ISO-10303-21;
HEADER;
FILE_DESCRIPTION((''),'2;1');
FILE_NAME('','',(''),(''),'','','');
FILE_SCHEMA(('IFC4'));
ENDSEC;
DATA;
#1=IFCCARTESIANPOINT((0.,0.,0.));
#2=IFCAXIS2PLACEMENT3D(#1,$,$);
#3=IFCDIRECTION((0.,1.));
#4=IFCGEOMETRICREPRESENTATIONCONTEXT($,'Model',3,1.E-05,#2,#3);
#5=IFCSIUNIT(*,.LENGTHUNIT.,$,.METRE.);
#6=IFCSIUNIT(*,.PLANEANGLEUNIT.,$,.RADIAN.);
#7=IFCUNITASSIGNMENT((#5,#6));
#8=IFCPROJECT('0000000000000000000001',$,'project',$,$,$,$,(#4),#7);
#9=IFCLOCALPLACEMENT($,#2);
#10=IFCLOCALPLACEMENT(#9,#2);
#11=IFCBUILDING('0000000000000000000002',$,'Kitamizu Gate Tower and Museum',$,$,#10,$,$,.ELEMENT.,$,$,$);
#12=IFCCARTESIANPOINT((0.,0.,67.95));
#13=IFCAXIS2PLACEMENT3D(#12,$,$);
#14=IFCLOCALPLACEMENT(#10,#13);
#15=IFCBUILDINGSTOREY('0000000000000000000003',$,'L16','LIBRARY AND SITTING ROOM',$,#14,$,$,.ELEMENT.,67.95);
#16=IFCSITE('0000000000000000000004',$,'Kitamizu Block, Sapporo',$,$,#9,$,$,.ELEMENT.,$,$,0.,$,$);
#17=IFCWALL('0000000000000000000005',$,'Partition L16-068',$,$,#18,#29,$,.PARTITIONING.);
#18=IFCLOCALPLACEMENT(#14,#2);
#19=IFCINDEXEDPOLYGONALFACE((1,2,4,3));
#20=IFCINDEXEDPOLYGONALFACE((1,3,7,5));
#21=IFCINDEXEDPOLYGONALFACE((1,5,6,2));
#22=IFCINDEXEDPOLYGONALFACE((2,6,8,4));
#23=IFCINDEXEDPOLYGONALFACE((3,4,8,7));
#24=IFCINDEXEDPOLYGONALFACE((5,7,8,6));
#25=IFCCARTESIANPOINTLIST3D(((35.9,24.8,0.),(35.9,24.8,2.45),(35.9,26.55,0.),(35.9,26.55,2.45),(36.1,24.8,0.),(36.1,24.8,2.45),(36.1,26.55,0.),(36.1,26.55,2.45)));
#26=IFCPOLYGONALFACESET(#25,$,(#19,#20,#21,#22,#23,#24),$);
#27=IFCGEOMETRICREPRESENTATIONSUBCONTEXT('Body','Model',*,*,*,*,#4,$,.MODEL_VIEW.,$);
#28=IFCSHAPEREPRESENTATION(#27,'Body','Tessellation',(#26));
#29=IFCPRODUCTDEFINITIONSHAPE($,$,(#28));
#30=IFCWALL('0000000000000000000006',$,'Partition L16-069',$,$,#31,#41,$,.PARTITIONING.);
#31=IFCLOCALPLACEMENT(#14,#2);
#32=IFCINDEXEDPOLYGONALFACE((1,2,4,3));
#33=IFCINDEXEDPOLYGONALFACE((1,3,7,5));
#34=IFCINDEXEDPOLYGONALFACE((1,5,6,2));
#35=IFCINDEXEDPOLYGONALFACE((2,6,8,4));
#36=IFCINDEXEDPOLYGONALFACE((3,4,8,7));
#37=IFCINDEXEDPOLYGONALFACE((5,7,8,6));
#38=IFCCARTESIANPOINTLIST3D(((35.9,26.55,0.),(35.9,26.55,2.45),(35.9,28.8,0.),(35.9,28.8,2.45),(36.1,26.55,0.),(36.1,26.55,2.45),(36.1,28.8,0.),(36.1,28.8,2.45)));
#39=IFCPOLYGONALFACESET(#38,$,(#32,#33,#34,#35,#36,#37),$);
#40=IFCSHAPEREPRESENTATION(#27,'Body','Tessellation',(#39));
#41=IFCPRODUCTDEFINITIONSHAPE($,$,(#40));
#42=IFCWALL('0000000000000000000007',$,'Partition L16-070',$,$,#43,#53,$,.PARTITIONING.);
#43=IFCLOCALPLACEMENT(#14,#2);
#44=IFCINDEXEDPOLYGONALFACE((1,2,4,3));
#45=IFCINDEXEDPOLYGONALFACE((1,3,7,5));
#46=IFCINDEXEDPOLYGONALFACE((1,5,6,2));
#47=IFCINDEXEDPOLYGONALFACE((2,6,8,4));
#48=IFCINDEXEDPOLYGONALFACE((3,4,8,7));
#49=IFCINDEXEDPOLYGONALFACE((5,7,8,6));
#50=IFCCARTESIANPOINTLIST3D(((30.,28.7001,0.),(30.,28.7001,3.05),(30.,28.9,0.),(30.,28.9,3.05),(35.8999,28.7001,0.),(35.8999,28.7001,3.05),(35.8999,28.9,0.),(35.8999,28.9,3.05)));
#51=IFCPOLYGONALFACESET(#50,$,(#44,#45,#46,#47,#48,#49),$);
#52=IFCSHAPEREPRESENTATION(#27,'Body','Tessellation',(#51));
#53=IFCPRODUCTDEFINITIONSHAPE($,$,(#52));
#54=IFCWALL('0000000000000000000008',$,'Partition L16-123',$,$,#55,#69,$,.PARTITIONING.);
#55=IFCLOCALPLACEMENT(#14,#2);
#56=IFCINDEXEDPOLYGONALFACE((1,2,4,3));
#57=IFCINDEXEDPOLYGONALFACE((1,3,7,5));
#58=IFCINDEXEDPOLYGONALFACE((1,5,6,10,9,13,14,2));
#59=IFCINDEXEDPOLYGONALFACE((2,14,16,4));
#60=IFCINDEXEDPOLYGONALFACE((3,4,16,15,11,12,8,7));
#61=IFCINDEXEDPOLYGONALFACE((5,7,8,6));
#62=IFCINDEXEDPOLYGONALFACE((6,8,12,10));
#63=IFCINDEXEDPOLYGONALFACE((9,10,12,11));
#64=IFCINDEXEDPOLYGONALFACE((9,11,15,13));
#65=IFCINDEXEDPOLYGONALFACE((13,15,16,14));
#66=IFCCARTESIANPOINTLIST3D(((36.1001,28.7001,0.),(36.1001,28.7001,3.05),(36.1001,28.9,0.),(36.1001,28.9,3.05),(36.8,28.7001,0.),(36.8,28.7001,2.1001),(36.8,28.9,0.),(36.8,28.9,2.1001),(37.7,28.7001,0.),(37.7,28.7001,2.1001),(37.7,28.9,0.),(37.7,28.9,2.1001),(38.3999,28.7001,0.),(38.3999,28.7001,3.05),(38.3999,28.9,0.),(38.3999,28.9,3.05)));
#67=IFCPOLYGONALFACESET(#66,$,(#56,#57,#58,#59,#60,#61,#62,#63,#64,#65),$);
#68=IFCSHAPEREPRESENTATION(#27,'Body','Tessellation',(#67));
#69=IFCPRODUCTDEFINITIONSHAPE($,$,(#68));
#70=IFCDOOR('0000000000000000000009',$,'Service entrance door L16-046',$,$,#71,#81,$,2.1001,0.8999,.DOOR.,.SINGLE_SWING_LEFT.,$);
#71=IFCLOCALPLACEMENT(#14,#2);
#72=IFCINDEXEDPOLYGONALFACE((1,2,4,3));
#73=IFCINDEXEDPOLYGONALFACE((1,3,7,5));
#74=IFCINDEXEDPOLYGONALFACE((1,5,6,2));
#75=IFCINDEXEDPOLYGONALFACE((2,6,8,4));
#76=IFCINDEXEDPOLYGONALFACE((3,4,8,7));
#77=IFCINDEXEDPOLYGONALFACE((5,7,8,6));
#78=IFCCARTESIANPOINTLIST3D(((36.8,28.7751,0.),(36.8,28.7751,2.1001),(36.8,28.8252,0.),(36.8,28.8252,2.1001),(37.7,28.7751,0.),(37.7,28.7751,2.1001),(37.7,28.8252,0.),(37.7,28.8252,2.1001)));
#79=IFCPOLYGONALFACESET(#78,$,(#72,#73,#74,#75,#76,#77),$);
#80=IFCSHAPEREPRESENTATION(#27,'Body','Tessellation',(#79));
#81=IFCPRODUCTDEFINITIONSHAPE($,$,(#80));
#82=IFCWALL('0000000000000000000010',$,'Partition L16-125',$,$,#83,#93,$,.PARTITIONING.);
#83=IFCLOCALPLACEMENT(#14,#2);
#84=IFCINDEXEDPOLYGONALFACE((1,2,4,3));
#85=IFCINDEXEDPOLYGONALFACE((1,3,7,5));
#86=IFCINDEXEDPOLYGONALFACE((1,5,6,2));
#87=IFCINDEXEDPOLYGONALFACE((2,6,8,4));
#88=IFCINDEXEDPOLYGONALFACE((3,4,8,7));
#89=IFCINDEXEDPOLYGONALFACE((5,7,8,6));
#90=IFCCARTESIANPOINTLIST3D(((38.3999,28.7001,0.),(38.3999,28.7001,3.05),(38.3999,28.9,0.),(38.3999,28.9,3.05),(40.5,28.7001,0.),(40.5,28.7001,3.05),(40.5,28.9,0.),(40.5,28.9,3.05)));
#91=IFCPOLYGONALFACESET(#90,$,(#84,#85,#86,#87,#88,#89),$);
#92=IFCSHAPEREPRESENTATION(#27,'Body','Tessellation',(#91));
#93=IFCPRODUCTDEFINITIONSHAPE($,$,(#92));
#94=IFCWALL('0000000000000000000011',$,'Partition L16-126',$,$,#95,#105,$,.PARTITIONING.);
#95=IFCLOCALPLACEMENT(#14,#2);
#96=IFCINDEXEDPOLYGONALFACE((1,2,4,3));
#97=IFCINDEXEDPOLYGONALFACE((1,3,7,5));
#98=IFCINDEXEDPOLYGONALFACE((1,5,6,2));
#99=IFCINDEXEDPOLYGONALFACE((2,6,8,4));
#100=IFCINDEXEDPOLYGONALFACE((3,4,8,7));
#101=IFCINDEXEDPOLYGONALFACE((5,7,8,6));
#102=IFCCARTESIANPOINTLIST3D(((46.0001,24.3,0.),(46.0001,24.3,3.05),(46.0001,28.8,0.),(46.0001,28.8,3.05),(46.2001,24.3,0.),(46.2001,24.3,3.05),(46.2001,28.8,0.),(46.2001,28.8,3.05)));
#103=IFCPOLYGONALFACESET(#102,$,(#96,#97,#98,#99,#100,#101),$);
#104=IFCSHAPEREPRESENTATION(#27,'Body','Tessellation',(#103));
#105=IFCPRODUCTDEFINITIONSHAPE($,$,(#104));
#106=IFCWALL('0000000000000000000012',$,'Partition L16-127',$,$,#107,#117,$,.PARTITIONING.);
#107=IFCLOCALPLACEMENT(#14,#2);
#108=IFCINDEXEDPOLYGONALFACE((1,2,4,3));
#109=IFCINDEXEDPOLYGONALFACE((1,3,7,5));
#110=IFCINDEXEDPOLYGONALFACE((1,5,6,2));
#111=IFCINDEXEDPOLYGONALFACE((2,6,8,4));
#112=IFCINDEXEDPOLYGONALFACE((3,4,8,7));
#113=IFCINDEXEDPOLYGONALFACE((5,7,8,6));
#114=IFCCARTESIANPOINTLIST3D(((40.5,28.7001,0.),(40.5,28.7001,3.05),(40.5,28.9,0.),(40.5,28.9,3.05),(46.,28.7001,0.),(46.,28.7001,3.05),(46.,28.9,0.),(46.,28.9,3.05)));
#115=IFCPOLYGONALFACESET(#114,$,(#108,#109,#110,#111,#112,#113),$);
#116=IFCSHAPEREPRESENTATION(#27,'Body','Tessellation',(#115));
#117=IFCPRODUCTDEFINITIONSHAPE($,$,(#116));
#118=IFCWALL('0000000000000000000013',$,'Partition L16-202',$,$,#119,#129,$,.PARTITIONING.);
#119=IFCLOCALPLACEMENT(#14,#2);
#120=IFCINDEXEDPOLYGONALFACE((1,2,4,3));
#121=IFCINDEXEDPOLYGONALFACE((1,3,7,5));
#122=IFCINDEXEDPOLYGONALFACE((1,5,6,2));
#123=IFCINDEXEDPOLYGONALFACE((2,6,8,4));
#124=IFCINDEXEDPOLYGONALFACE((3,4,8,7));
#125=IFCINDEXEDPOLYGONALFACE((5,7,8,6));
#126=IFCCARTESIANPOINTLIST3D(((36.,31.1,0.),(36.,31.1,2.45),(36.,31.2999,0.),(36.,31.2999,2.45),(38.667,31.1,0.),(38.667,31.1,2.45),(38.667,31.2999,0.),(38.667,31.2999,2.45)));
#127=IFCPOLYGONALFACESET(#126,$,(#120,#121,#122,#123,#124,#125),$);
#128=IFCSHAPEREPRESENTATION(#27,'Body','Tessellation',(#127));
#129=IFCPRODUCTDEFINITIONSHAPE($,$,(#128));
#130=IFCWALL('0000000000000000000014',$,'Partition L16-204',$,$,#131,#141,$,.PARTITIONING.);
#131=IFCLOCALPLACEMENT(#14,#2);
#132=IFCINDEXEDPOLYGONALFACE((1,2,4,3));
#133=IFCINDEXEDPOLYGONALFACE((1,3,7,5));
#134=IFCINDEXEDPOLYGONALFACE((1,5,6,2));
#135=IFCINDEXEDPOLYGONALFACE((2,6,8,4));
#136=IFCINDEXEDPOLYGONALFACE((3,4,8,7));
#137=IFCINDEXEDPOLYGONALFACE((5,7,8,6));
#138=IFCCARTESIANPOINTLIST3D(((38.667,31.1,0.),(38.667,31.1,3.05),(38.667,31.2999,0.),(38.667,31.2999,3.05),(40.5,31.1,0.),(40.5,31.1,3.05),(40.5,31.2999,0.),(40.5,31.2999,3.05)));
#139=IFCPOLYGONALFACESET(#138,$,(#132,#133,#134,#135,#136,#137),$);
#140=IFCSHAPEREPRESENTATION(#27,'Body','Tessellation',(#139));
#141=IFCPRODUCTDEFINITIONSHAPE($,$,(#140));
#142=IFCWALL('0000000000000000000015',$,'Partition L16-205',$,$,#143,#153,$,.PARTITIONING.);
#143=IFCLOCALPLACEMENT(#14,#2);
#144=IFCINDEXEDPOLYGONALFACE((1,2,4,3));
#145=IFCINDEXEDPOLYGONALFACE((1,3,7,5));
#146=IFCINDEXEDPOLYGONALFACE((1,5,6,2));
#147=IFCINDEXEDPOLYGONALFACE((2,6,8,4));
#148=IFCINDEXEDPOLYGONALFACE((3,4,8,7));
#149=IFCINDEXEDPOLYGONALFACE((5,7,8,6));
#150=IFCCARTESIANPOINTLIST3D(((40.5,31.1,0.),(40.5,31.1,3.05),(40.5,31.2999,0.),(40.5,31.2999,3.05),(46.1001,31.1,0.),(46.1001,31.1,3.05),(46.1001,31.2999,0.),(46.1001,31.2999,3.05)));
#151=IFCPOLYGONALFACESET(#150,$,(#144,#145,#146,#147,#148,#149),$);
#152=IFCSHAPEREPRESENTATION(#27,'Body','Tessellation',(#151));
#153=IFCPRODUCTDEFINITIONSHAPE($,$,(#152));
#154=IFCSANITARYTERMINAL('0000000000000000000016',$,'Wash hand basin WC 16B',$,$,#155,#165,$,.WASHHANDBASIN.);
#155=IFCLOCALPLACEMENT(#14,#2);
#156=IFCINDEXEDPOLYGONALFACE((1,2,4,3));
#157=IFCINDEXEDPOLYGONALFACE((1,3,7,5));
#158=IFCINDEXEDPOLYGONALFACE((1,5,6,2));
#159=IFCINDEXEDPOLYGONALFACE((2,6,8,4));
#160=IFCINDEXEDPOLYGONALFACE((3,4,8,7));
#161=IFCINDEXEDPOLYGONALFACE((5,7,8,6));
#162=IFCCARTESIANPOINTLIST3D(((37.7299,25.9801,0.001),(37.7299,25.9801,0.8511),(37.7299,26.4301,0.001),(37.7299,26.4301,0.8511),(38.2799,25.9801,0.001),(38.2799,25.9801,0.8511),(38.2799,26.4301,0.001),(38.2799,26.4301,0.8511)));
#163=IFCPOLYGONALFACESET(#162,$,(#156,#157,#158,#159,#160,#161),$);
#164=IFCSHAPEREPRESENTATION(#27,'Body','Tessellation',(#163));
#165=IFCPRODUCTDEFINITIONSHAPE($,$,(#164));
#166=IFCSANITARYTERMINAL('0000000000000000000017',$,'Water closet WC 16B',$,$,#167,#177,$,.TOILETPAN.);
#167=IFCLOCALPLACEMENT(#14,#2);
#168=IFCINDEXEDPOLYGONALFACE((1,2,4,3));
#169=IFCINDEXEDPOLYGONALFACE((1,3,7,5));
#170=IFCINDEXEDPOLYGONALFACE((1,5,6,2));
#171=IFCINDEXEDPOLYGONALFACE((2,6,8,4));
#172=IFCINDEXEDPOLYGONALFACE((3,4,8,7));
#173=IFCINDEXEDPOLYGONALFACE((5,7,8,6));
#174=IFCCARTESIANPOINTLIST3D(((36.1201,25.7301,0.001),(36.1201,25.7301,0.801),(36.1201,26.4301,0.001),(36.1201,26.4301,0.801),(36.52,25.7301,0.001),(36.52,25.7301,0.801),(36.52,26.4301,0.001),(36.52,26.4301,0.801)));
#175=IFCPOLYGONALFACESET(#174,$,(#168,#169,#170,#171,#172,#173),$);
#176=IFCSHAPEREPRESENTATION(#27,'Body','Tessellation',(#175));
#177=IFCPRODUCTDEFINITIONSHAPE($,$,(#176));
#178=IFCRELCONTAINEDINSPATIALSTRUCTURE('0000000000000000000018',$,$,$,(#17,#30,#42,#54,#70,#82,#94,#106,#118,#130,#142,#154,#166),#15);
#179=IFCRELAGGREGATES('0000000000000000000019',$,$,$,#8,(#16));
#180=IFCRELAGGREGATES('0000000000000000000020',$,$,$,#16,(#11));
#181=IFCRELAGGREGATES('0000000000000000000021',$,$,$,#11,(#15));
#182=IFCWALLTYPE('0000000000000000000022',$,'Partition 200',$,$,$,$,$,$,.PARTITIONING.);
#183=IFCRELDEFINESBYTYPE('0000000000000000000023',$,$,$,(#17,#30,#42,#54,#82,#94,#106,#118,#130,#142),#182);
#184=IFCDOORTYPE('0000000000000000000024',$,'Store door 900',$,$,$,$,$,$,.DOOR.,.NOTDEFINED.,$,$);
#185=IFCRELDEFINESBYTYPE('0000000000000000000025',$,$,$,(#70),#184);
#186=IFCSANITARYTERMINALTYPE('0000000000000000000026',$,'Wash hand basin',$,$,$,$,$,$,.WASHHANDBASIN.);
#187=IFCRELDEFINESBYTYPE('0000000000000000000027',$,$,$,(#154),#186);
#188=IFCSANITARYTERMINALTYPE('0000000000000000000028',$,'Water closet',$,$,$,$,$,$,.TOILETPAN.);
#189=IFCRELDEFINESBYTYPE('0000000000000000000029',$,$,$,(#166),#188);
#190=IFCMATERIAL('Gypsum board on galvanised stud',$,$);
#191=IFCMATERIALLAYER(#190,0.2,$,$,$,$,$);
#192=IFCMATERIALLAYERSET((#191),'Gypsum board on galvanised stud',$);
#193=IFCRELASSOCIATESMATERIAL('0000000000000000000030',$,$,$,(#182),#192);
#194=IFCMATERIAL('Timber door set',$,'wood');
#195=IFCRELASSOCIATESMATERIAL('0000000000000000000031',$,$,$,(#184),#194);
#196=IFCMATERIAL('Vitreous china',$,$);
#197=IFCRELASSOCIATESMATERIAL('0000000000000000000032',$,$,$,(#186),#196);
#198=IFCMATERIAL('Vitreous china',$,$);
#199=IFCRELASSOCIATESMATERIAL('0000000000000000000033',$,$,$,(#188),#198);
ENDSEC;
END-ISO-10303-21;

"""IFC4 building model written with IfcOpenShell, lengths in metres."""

from ifc_helpers import new_model, si_unit, direction, frame, frame_2d, origin, origin_2d, place, context, subcontext, project, spatial, rectangle, extrude, material, layer, layer_set, type_object, element, fill, save


model = new_model("IFC4")

# Units and contexts
model_context = context("Model", 3, precision=1e-05, world=origin(), true_north=direction((0.0, 1.0)))
body_context = subcontext(model_context, "Body", "Model", "MODEL_VIEW")
ifc_project = project(units=[si_unit("LENGTHUNIT", "METRE"), si_unit("PLANEANGLEUNIT", "RADIAN")], contexts=[model_context])

# Site, building, storey
site_placement = place(None, origin())
site = spatial("IfcSite", under=ifc_project, at=site_placement, Name="Kitamizu Block, Sapporo", CompositionType="ELEMENT", RefElevation=0.0)
building_placement = place(site_placement, origin())
building = spatial("IfcBuilding", under=site, at=building_placement, Name="Kitamizu Gate Tower and Museum", CompositionType="ELEMENT")
storey_placement = place(building_placement, frame((0.0, 0.0, 67.95)))
storey = spatial("IfcBuildingStorey", under=building, at=storey_placement, Name="L16", Description="LIBRARY AND SITTING ROOM", CompositionType="ELEMENT", Elevation=67.95)

# Walls
ifc_material_1 = material(Name="Gypsum board on galvanised stud")
ifc_layer_1 = layer(ifc_material_1, 0.2)
ifc_layer_set_1 = layer_set([ifc_layer_1], Name="Gypsum board on galvanised stud")
wall_type_1 = type_object("IfcWallType", Name="Partition 200", PredefinedType="PARTITIONING", material=ifc_layer_set_1)
wall_1_placement = place(storey_placement, frame((36.0, 24.8, 0.0), z_axis=(0.0, 0.0, 1.0), x_axis=(0.0, 1.0, 0.0)))
element("IfcWall", 1, at=wall_1_placement, inside=storey, type_object=wall_type_1, Name="Partition L16-068", PredefinedType="PARTITIONING", context=body_context, shape_type="SweptSolid", body=[
    extrude(rectangle(XDim=1.75, YDim=0.2, at=frame_2d((0.875, 0.0))), origin(), (0.0, 0.0, 1.0), 2.45),
])
wall_2_placement = place(storey_placement, frame((36.0, 26.55, 0.0), z_axis=(0.0, 0.0, 1.0), x_axis=(0.0, 1.0, 0.0)))
element("IfcWall", 2, at=wall_2_placement, inside=storey, type_object=wall_type_1, Name="Partition L16-069", PredefinedType="PARTITIONING", context=body_context, shape_type="SweptSolid", body=[
    extrude(rectangle(XDim=2.25, YDim=0.2, at=frame_2d((1.125, 0.0))), origin(), (0.0, 0.0, 1.0), 2.45),
])
wall_3_placement = place(storey_placement, frame((35.8999, 28.8, 0.0), z_axis=(0.0, 0.0, 1.0), x_axis=(-1.0, 0.0, 0.0)))
element("IfcWall", 3, at=wall_3_placement, inside=storey, type_object=wall_type_1, Name="Partition L16-070", PredefinedType="PARTITIONING", context=body_context, shape_type="SweptSolid", body=[
    extrude(rectangle(XDim=5.8999, YDim=0.2, at=frame_2d((2.95, 0.0))), origin(), (0.0, 0.0, 1.0), 3.05),
])

# Wall, opening, door
wall_4_placement = place(storey_placement, frame((38.3999, 28.8, 0.0), z_axis=(0.0, 0.0, 1.0), x_axis=(-1.0, 0.0, 0.0)))
wall_4 = element("IfcWall", 4, at=wall_4_placement, inside=storey, type_object=wall_type_1, Name="Partition L16-123", PredefinedType="PARTITIONING", context=body_context, shape_type="SweptSolid", body=[
    extrude(rectangle(XDim=2.2998, YDim=0.2, at=frame_2d((1.1499, 0.0))), origin(), (0.0, 0.0, 1.0), 3.05),
])
opening_1_placement = place(wall_4_placement, frame((0.7, 0.0, 0.0)))
opening_1 = element("IfcOpeningElement", 5, at=opening_1_placement, cuts=wall_4, PredefinedType="OPENING", context=body_context, shape_type="SweptSolid", body=[
    extrude(rectangle(XDim=0.8999, YDim=2.1001, at=frame_2d((0.45, 1.05))), frame((0.0, 0.1099, 0.0), z_axis=(0.0, -1.0, 0.0), x_axis=(1.0, 0.0, 0.0)), (0.0, 0.0, 1.0), 0.22),
])
ifc_material_2 = material(Name="Timber door set", Category="wood")
door_type_1 = type_object("IfcDoorType", Name="Store door 900", OperationType="NOTDEFINED", PredefinedType="DOOR", material=ifc_material_2)
door_1_placement = place(opening_1_placement, origin())
door_1 = element("IfcDoor", 6, at=door_1_placement, inside=storey, type_object=door_type_1, Name="Service entrance door L16-046", OperationType="SINGLE_SWING_LEFT", OverallHeight=2.1001, OverallWidth=0.8999, PredefinedType="DOOR", context=body_context, shape_type="SweptSolid", body=[
    extrude(rectangle(XDim=0.8999, YDim=2.1001, at=frame_2d((0.45, 1.05))), frame((0.0, 0.0249, 0.0), z_axis=(0.0, -1.0, 0.0), x_axis=(1.0, 0.0, 0.0)), (0.0, 0.0, 1.0), 0.05),
])
fill(opening_1, door_1)

# Walls
wall_5_placement = place(storey_placement, frame((40.5, 28.8, 0.0), z_axis=(0.0, 0.0, 1.0), x_axis=(-1.0, 0.0, 0.0)))
element("IfcWall", 7, at=wall_5_placement, inside=storey, type_object=wall_type_1, Name="Partition L16-125", PredefinedType="PARTITIONING", context=body_context, shape_type="SweptSolid", body=[
    extrude(rectangle(XDim=2.1001, YDim=0.2, at=frame_2d((1.05, 0.0))), origin(), (0.0, 0.0, 1.0), 3.05),
])
wall_6_placement = place(storey_placement, frame((46.1001, 24.3, 0.0), z_axis=(0.0, 0.0, 1.0), x_axis=(0.0, 1.0, 0.0)))
element("IfcWall", 8, at=wall_6_placement, inside=storey, type_object=wall_type_1, Name="Partition L16-126", PredefinedType="PARTITIONING", context=body_context, shape_type="SweptSolid", body=[
    extrude(rectangle(XDim=4.5, YDim=0.2, at=frame_2d((2.25, 0.0))), origin(), (0.0, 0.0, 1.0), 3.05),
])
wall_7_placement = place(storey_placement, frame((46.0, 28.8, 0.0), z_axis=(0.0, 0.0, 1.0), x_axis=(-1.0, 0.0, 0.0)))
element("IfcWall", 9, at=wall_7_placement, inside=storey, type_object=wall_type_1, Name="Partition L16-127", PredefinedType="PARTITIONING", context=body_context, shape_type="SweptSolid", body=[
    extrude(rectangle(XDim=5.5, YDim=0.2, at=frame_2d((2.75, 0.0))), origin(), (0.0, 0.0, 1.0), 3.05),
])
wall_8_placement = place(storey_placement, frame((36.0, 31.2, 0.0), z_axis=(0.0, 0.0, 1.0), x_axis=(1.0, 0.0, 0.0)))
element("IfcWall", 10, at=wall_8_placement, inside=storey, type_object=wall_type_1, Name="Partition L16-202", PredefinedType="PARTITIONING", context=body_context, shape_type="SweptSolid", body=[
    extrude(rectangle(XDim=2.667, YDim=0.2, at=frame_2d((1.3335, 0.0))), origin(), (0.0, 0.0, 1.0), 2.45),
])
wall_9_placement = place(storey_placement, frame((38.667, 31.2, 0.0), z_axis=(0.0, 0.0, 1.0), x_axis=(1.0, 0.0, 0.0)))
element("IfcWall", 11, at=wall_9_placement, inside=storey, type_object=wall_type_1, Name="Partition L16-204", PredefinedType="PARTITIONING", context=body_context, shape_type="SweptSolid", body=[
    extrude(rectangle(XDim=1.833, YDim=0.2, at=frame_2d((0.9165, 0.0))), origin(), (0.0, 0.0, 1.0), 3.05),
])
wall_10_placement = place(storey_placement, frame((40.5, 31.2, 0.0), z_axis=(0.0, 0.0, 1.0), x_axis=(1.0, 0.0, 0.0)))
element("IfcWall", 12, at=wall_10_placement, inside=storey, type_object=wall_type_1, Name="Partition L16-205", PredefinedType="PARTITIONING", context=body_context, shape_type="SweptSolid", body=[
    extrude(rectangle(XDim=5.6001, YDim=0.2, at=frame_2d((2.8, 0.0))), origin(), (0.0, 0.0, 1.0), 3.05),
])

# Sanitary terminals
ifc_material_3 = material(Name="Vitreous china")
sanitary_terminal_type_1 = type_object("IfcSanitaryTerminalType", Name="Wash hand basin", PredefinedType="WASHHANDBASIN", material=ifc_material_3)
sanitary_terminal_1_placement = place(storey_placement, frame((38.0049, 26.2051, 0.001), z_axis=(0.0, 0.0, 1.0), x_axis=(1.0, 0.0, 0.0)))
element("IfcSanitaryTerminal", 13, at=sanitary_terminal_1_placement, inside=storey, type_object=sanitary_terminal_type_1, Name="Wash hand basin WC 16B", PredefinedType="WASHHANDBASIN", context=body_context, shape_type="SweptSolid", body=[
    extrude(rectangle(XDim=0.55, YDim=0.45, at=origin_2d()), origin(), (0.0, 0.0, 1.0), 0.8501),
])
ifc_material_4 = material(Name="Vitreous china")
sanitary_terminal_type_2 = type_object("IfcSanitaryTerminalType", Name="Water closet", PredefinedType="TOILETPAN", material=ifc_material_4)
sanitary_terminal_2_placement = place(storey_placement, frame((36.3201, 26.0801, 0.001), z_axis=(0.0, 0.0, 1.0), x_axis=(1.0, 0.0, 0.0)))
element("IfcSanitaryTerminal", 14, at=sanitary_terminal_2_placement, inside=storey, type_object=sanitary_terminal_type_2, Name="Water closet WC 16B", PredefinedType="TOILETPAN", context=body_context, shape_type="SweptSolid", body=[
    extrude(rectangle(XDim=0.3999, YDim=0.7, at=origin_2d()), origin(), (0.0, 0.0, 1.0), 0.8),
])

save(model, "model.ifc")
